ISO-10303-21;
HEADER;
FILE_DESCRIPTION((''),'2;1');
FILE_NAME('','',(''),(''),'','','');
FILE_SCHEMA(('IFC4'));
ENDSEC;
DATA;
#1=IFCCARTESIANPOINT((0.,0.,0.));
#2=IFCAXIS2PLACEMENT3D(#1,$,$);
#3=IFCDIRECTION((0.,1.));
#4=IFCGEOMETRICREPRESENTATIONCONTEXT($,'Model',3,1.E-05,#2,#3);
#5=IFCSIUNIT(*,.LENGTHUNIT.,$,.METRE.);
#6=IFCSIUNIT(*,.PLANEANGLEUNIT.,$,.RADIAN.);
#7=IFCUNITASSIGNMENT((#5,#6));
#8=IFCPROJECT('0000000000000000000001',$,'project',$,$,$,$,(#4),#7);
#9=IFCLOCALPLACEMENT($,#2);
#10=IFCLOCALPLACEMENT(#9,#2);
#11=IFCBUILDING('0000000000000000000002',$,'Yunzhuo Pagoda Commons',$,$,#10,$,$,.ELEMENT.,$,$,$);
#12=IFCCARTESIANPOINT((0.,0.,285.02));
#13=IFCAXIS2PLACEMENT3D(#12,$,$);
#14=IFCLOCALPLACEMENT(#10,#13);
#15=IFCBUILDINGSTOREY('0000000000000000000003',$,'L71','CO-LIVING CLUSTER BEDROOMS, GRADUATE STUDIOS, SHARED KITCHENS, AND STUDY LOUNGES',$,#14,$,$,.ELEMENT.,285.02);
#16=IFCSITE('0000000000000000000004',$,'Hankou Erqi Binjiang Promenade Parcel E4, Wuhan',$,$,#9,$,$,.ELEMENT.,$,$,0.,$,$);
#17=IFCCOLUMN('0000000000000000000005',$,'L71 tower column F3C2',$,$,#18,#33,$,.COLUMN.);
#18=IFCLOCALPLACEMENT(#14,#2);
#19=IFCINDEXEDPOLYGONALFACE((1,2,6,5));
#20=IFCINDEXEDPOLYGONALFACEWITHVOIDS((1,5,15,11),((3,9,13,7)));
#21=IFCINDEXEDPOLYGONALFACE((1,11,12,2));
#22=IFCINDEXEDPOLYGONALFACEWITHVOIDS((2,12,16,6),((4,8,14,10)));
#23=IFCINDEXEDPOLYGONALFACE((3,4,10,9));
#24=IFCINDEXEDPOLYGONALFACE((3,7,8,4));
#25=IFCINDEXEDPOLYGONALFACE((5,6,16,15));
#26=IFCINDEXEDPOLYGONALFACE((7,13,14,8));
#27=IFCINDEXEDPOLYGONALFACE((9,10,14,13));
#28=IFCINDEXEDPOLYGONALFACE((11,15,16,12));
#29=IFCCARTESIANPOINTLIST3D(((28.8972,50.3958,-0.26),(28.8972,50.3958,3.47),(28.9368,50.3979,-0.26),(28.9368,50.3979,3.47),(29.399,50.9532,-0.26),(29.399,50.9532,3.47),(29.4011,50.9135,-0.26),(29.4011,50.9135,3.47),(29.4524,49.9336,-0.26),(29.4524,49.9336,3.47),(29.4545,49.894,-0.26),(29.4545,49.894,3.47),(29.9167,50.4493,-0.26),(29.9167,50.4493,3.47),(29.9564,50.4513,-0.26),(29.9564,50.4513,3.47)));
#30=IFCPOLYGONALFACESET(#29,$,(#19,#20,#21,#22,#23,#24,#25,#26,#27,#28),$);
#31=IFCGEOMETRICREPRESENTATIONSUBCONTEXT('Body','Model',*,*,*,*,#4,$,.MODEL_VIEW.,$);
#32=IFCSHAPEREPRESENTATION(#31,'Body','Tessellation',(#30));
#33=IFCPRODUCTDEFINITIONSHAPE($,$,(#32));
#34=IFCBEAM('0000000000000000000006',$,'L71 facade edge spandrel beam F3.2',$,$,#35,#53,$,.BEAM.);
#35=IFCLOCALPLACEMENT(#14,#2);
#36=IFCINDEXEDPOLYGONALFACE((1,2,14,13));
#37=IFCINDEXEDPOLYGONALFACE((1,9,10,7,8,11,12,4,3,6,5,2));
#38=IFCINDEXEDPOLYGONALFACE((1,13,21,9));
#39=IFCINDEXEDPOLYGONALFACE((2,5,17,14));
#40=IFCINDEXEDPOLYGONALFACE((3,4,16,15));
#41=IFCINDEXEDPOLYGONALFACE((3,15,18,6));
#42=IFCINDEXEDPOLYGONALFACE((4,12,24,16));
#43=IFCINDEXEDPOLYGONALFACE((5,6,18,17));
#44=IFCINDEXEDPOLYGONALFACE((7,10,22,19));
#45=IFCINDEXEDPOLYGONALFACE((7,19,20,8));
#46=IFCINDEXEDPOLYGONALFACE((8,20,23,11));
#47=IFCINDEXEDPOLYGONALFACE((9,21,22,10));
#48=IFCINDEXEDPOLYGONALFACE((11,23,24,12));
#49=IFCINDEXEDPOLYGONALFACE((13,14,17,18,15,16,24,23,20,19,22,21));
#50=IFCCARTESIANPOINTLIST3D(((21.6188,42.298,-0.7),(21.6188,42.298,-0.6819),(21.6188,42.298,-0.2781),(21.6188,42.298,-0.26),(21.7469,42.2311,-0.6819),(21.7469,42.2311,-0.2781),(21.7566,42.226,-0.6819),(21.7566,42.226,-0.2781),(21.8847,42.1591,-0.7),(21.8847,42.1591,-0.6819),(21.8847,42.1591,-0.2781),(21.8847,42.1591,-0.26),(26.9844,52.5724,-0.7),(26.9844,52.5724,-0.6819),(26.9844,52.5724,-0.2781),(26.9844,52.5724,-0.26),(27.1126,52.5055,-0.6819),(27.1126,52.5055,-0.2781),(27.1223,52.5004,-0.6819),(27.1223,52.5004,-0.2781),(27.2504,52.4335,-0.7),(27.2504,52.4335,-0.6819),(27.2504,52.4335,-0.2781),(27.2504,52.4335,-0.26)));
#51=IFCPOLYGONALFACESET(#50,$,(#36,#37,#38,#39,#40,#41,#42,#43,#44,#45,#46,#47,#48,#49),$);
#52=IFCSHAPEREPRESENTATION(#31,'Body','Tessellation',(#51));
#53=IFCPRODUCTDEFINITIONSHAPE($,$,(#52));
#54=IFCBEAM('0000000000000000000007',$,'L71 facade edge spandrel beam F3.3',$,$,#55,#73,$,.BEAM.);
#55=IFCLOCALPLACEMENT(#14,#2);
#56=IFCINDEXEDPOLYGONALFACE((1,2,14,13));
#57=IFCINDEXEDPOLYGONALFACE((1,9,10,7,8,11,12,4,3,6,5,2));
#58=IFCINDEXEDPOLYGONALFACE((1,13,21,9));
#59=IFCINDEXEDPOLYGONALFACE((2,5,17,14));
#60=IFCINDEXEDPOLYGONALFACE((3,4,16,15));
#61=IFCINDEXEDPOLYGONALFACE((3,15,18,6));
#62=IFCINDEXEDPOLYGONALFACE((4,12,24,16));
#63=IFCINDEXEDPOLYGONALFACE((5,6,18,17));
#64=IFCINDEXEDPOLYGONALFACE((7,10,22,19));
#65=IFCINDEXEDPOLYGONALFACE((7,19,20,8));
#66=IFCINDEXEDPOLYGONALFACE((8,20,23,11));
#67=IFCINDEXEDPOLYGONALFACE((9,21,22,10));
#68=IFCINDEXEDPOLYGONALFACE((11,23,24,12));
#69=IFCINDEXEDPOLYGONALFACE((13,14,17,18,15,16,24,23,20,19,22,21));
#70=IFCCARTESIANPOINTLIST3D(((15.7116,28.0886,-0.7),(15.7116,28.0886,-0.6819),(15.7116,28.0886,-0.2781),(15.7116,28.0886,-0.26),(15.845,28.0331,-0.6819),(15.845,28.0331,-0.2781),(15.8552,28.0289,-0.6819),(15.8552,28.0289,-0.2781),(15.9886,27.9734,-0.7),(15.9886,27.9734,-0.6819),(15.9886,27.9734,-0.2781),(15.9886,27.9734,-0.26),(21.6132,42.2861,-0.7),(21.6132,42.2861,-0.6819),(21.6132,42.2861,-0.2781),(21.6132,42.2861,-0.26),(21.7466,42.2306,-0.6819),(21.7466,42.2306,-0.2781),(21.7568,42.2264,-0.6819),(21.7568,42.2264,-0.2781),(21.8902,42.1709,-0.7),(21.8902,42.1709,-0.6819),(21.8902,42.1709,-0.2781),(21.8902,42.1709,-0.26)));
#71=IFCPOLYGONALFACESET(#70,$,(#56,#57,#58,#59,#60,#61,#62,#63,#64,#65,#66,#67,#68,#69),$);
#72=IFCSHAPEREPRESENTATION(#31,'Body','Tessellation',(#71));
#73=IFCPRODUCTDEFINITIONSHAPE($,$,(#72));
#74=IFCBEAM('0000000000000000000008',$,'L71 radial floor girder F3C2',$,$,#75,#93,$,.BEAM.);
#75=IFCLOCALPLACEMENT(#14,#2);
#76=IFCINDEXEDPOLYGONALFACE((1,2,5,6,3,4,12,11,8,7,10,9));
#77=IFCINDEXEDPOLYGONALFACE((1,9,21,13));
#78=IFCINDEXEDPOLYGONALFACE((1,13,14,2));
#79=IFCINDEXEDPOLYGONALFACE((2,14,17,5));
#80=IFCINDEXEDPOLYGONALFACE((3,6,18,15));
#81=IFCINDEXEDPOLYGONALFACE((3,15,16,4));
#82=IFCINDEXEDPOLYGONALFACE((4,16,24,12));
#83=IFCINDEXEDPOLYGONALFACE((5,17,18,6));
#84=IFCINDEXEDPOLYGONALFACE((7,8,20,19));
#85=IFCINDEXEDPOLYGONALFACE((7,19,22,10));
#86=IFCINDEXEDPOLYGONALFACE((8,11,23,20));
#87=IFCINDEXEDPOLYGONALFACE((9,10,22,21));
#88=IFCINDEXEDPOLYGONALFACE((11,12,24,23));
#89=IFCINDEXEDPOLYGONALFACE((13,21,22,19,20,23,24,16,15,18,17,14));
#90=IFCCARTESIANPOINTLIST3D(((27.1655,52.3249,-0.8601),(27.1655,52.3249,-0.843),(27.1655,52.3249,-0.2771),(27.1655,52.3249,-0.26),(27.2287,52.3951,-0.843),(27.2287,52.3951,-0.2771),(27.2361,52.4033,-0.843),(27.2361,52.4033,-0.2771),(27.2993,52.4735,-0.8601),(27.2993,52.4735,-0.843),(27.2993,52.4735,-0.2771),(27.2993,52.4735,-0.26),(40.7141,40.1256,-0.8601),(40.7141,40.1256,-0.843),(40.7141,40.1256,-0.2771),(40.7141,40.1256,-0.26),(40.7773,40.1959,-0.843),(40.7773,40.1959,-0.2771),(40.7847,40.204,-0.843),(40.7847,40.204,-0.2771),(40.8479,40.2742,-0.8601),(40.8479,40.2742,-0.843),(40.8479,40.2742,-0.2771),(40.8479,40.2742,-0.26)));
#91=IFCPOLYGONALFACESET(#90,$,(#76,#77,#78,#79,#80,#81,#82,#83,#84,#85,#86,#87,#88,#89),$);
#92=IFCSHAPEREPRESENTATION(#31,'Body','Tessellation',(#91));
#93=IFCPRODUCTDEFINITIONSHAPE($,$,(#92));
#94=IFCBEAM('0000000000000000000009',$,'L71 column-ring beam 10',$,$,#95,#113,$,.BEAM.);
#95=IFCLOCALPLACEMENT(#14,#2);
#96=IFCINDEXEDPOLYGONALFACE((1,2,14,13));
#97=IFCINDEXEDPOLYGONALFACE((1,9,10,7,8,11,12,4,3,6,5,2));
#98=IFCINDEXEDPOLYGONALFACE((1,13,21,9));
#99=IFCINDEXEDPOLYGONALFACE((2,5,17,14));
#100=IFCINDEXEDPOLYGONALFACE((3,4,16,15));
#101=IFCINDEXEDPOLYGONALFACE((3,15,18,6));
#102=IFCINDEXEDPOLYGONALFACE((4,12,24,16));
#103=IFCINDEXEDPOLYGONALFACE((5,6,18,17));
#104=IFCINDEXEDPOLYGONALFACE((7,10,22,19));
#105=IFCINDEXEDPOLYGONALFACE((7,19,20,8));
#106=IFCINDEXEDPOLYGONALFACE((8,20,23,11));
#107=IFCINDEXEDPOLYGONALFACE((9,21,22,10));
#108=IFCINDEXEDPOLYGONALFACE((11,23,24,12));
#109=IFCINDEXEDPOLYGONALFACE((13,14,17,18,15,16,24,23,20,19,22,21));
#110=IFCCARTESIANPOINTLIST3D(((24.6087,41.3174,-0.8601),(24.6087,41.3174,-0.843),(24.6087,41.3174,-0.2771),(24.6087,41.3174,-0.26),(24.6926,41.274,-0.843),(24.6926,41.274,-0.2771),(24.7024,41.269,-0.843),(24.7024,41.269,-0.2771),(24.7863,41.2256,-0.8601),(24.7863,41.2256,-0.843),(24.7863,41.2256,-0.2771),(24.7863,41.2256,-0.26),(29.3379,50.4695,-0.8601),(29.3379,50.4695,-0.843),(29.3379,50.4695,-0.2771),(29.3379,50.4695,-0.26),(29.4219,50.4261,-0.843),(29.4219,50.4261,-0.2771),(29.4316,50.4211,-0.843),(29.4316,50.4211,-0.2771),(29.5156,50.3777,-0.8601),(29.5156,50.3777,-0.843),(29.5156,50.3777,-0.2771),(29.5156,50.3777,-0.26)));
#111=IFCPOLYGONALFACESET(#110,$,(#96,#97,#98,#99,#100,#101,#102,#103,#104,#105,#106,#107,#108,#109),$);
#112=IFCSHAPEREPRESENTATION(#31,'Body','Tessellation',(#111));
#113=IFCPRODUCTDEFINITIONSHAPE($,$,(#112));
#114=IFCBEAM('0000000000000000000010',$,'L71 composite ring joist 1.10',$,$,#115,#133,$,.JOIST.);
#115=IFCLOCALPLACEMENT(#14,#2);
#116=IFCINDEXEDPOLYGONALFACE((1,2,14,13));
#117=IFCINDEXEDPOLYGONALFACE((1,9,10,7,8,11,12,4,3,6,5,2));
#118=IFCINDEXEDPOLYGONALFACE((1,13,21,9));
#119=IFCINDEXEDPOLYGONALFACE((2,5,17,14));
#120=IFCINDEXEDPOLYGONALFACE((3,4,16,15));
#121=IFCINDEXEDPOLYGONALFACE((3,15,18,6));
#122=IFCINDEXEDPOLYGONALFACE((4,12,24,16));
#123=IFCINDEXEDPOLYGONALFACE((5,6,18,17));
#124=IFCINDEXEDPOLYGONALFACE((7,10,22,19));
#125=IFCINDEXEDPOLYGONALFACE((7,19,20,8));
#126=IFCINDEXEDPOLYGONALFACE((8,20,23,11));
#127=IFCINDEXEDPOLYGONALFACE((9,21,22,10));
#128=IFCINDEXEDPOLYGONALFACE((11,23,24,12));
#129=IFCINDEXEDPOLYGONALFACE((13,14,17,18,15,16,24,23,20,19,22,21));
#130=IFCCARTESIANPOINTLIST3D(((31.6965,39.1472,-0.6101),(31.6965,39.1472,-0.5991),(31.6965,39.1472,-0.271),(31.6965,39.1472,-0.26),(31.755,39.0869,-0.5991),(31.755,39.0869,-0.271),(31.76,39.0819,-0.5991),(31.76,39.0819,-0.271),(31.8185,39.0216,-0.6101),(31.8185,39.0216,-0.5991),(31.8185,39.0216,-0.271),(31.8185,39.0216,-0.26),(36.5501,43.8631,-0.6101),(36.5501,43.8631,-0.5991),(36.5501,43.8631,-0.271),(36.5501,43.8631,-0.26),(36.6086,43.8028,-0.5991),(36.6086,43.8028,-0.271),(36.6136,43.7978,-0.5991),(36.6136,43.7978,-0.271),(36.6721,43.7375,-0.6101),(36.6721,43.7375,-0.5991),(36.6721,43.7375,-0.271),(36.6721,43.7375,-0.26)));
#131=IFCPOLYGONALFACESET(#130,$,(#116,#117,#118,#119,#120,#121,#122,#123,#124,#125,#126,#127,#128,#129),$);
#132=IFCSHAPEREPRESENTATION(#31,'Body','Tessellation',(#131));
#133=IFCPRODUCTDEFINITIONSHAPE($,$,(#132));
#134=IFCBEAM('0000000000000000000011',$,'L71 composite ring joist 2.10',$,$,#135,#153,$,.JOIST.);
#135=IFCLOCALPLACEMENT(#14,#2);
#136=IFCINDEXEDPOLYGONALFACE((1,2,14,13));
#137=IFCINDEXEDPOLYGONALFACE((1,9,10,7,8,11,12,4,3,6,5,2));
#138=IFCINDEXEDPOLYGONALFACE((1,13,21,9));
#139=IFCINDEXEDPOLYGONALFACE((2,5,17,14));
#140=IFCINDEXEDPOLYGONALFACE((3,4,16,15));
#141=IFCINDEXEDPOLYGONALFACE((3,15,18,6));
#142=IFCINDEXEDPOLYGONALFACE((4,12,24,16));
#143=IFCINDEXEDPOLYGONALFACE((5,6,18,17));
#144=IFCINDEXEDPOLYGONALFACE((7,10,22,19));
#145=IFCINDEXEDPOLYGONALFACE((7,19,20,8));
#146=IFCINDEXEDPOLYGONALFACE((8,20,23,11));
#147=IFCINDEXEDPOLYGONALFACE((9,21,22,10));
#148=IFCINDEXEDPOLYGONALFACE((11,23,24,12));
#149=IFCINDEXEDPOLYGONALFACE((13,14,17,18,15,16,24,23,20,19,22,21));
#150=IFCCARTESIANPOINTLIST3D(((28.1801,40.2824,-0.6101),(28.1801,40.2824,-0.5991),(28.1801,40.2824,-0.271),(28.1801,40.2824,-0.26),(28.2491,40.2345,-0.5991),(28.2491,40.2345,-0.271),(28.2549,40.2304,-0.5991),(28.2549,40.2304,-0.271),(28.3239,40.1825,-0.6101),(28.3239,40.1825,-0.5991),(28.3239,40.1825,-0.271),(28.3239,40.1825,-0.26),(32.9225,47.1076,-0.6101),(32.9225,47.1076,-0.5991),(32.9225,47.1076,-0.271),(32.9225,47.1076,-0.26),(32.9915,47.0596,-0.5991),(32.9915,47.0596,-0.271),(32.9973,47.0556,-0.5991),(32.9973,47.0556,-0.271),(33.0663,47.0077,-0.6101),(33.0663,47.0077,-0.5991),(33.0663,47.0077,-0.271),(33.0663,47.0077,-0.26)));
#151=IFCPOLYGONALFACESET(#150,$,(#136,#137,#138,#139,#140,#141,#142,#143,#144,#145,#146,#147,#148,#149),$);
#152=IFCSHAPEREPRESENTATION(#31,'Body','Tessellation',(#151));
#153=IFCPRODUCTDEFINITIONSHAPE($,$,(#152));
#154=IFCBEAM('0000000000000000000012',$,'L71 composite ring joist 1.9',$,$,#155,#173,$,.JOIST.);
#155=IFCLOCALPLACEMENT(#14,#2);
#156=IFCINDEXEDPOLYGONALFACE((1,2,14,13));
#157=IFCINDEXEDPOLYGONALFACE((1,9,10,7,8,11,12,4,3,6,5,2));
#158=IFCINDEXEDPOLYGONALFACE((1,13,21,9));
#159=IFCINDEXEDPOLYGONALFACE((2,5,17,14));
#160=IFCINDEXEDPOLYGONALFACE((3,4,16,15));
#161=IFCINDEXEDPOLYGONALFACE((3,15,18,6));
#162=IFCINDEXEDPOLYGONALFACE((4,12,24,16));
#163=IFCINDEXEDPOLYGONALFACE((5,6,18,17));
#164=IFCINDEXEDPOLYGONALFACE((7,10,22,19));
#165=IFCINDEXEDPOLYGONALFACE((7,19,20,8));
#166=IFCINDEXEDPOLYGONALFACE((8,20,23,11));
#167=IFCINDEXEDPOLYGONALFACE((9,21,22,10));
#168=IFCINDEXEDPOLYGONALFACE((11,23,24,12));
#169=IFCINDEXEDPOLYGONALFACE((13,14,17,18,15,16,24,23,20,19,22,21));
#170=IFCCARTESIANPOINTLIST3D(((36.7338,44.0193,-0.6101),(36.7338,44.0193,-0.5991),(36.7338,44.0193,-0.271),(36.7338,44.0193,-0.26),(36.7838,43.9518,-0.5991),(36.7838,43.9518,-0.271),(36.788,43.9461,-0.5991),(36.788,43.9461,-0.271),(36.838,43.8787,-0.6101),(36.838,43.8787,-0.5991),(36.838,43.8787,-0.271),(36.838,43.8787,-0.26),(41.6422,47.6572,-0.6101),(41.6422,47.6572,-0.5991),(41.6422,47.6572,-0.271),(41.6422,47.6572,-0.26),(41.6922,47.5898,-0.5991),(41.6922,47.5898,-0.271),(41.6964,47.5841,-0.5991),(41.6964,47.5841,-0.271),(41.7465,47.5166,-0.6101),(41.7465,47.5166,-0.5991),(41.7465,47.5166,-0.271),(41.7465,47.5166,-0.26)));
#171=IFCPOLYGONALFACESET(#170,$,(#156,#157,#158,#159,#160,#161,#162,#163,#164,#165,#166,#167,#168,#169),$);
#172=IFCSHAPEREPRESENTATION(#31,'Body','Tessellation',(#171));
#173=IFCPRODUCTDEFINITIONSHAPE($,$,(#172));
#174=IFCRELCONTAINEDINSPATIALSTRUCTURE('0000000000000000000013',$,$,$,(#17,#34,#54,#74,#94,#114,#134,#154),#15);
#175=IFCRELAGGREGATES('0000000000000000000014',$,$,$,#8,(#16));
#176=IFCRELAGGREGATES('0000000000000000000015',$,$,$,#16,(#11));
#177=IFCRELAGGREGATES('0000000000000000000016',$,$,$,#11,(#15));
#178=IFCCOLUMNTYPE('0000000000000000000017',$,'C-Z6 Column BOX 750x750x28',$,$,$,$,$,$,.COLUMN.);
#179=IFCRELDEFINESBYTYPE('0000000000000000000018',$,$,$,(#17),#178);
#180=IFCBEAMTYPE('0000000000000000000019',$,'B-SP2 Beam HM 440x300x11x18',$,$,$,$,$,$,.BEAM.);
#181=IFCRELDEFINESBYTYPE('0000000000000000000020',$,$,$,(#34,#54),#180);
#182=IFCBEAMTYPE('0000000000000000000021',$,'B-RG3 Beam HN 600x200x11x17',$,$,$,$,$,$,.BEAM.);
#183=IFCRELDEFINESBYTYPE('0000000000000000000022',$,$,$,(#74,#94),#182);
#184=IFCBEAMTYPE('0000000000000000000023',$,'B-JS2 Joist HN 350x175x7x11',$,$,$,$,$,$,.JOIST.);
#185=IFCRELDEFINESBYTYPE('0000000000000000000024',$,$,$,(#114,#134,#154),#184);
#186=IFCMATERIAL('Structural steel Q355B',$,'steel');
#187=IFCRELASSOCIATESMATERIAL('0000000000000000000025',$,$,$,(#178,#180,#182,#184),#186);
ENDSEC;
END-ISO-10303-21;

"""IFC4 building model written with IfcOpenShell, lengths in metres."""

from ifc_helpers import new_model, si_unit, direction, frame, origin, origin_2d, place, context, subcontext, project, spatial, hollow_rectangle, i_section, extrude, source, transform, mapped, material, material_profile, profile_set, type_object, element, save


model = new_model("IFC4")

# Units and contexts
model_context = context("Model", 3, precision=1e-05, world=origin(), true_north=direction((0.0, 1.0)))
body_context = subcontext(model_context, "Body", "Model", "MODEL_VIEW")
ifc_project = project(units=[si_unit("LENGTHUNIT", "METRE"), si_unit("PLANEANGLEUNIT", "RADIAN")], contexts=[model_context])

# Site, building, storey
site_placement = place(None, origin())
site = spatial("IfcSite", under=ifc_project, at=site_placement, Name="Hankou Erqi Binjiang Promenade Parcel E4, Wuhan", CompositionType="ELEMENT", RefElevation=0.0)
building_placement = place(site_placement, origin())
building = spatial("IfcBuilding", under=site, at=building_placement, Name="Yunzhuo Pagoda Commons", CompositionType="ELEMENT")
storey_placement = place(building_placement, frame((0.0, 0.0, 285.02)))
storey = spatial("IfcBuildingStorey", under=building, at=storey_placement, Name="L71", Description="CO-LIVING CLUSTER BEDROOMS, GRADUATE STUDIOS, SHARED KITCHENS, AND STUDY LOUNGES", CompositionType="ELEMENT", Elevation=285.02)

# Column
ifc_material_1 = material(Name="Structural steel Q355B", Category="steel")
ifc_material_profile_1 = material_profile(ifc_material_1, hollow_rectangle(XDim=0.75, YDim=0.75, WallThickness=0.0281, at=origin_2d()), Name="Structural steel Q355B")
ifc_profile_set_1 = profile_set([ifc_material_profile_1], Name="Structural steel Q355B")
column_type = type_object("IfcColumnType", Name="C-Z6 Column BOX 750x750x28", PredefinedType="COLUMN", material=ifc_profile_set_1)
shared_shape_1 = source(origin(), body_context, "Body", "SweptSolid", [
    extrude(hollow_rectangle(XDim=0.75, YDim=0.75, WallThickness=0.0281, at=origin_2d()), origin(), (0.0, 0.0, 1.0), 3.73),
])
column_placement = place(storey_placement, frame((29.4268, 50.4236, -0.26), z_axis=(0.0, 0.0, 1.0), x_axis=(-0.669131, -0.743145, 0.0)))
element("IfcColumn", 1, at=column_placement, inside=storey, type_object=column_type, Name="L71 tower column F3C2", PredefinedType="COLUMN", context=body_context, shape_type="MappedRepresentation", body=[
    mapped(shared_shape_1, transform((0.0, 0.0, 0.0), scale=1.0)),
])

# Beams
ifc_material_profile_2 = material_profile(ifc_material_1, i_section(OverallWidth=0.3, OverallDepth=0.4399, WebThickness=0.011, FlangeThickness=0.0181, at=origin_2d()), Name="Structural steel Q355B")
ifc_profile_set_2 = profile_set([ifc_material_profile_2], Name="Structural steel Q355B")
beam_type_1 = type_object("IfcBeamType", Name="B-SP2 Beam HM 440x300x11x18", PredefinedType="BEAM", material=ifc_profile_set_2)
shared_shape_2 = source(origin(), body_context, "Body", "SweptSolid", [
    extrude(i_section(OverallWidth=0.3, OverallDepth=0.4399, WebThickness=0.011, FlangeThickness=0.0181, at=origin_2d()), origin(), (0.0, 0.0, 1.0), 11.5911),
])
beam_1_placement = place(storey_placement, frame((27.1174, 52.5029, -0.48), z_axis=(-0.462916, -0.886402, 0.0), x_axis=(0.886402, -0.462916, 0.0)))
element("IfcBeam", 2, at=beam_1_placement, inside=storey, type_object=beam_type_1, Name="L71 facade edge spandrel beam F3.2", PredefinedType="BEAM", context=body_context, shape_type="MappedRepresentation", body=[
    mapped(shared_shape_2, transform((0.0, 0.0, 0.0), scale=1.0)),
])
shared_shape_3 = source(origin(), body_context, "Body", "SweptSolid", [
    extrude(i_section(OverallWidth=0.3, OverallDepth=0.4399, WebThickness=0.011, FlangeThickness=0.0181, at=origin_2d()), origin(), (0.0, 0.0, 1.0), 15.3752),
])
beam_2_placement = place(storey_placement, frame((21.7517, 42.2285, -0.48), z_axis=(-0.383838, -0.9234, 0.0), x_axis=(0.9234, -0.383838, 0.0)))
element("IfcBeam", 3, at=beam_2_placement, inside=storey, type_object=beam_type_1, Name="L71 facade edge spandrel beam F3.3", PredefinedType="BEAM", context=body_context, shape_type="MappedRepresentation", body=[
    mapped(shared_shape_3, transform((0.0, 0.0, 0.0), scale=1.0)),
])
ifc_material_profile_3 = material_profile(ifc_material_1, i_section(OverallWidth=0.2, OverallDepth=0.6001, WebThickness=0.011, FlangeThickness=0.0171, at=origin_2d()), Name="Structural steel Q355B")
ifc_profile_set_3 = profile_set([ifc_material_profile_3], Name="Structural steel Q355B")
beam_type_2 = type_object("IfcBeamType", Name="B-RG3 Beam HN 600x200x11x17", PredefinedType="BEAM", material=ifc_profile_set_3)
shared_shape_4 = source(origin(), body_context, "Body", "SweptSolid", [
    extrude(i_section(OverallWidth=0.2, OverallDepth=0.6001, WebThickness=0.011, FlangeThickness=0.0171, at=origin_2d()), origin(), (0.0, 0.0, 1.0), 18.2314),
])
beam_3_placement = place(storey_placement, frame((27.2324, 52.3992, -0.5601), z_axis=(0.743144, -0.669131, 0.0), x_axis=(0.669131, 0.743144, 0.0)))
element("IfcBeam", 4, at=beam_3_placement, inside=storey, type_object=beam_type_2, Name="L71 radial floor girder F3C2", PredefinedType="BEAM", context=body_context, shape_type="MappedRepresentation", body=[
    mapped(shared_shape_4, transform((0.0, 0.0, 0.0), scale=1.0)),
])
shared_shape_5 = source(origin(), body_context, "Body", "SweptSolid", [
    extrude(i_section(OverallWidth=0.2, OverallDepth=0.6001, WebThickness=0.011, FlangeThickness=0.0171, at=origin_2d()), origin(), (0.0, 0.0, 1.0), 10.3018),
])
beam_4_placement = place(storey_placement, frame((29.4268, 50.4236, -0.5601), z_axis=(-0.459071, -0.8884, 0.0), x_axis=(0.8884, -0.459071, 0.0)))
element("IfcBeam", 5, at=beam_4_placement, inside=storey, type_object=beam_type_2, Name="L71 column-ring beam 10", PredefinedType="BEAM", context=body_context, shape_type="MappedRepresentation", body=[
    mapped(shared_shape_5, transform((0.0, 0.0, 0.0), scale=1.0)),
])
ifc_material_profile_4 = material_profile(ifc_material_1, i_section(OverallWidth=0.175, OverallDepth=0.3501, WebThickness=0.0071, FlangeThickness=0.011, at=origin_2d()), Name="Structural steel Q355B")
ifc_profile_set_4 = profile_set([ifc_material_profile_4], Name="Structural steel Q355B")
beam_type_3 = type_object("IfcBeamType", Name="B-JS2 Joist HN 350x175x7x11", PredefinedType="JOIST", material=ifc_profile_set_4)
shared_shape_6 = source(origin(), body_context, "Body", "SweptSolid", [
    extrude(i_section(OverallWidth=0.175, OverallDepth=0.3501, WebThickness=0.0071, FlangeThickness=0.011, at=origin_2d()), origin(), (0.0, 0.0, 1.0), 6.7673),
])
beam_5_placement = place(storey_placement, frame((36.6111, 43.8003, -0.4351), z_axis=(-0.717207, -0.69686, 0.0), x_axis=(0.69686, -0.717207, 0.0)))
element("IfcBeam", 6, at=beam_5_placement, inside=storey, type_object=beam_type_3, Name="L71 composite ring joist 1.10", PredefinedType="JOIST", context=body_context, shape_type="MappedRepresentation", body=[
    mapped(shared_shape_6, transform((0.0, 0.0, 0.0), scale=1.0)),
])
shared_shape_7 = source(origin(), body_context, "Body", "SweptSolid", [
    extrude(i_section(OverallWidth=0.175, OverallDepth=0.3501, WebThickness=0.0071, FlangeThickness=0.011, at=origin_2d()), origin(), (0.0, 0.0, 1.0), 8.311),
])
beam_6_placement = place(storey_placement, frame((32.9944, 47.0576, -0.4351), z_axis=(-0.570616, -0.821217, 0.0), x_axis=(0.821217, -0.570616, 0.0)))
element("IfcBeam", 7, at=beam_6_placement, inside=storey, type_object=beam_type_3, Name="L71 composite ring joist 2.10", PredefinedType="JOIST", context=body_context, shape_type="MappedRepresentation", body=[
    mapped(shared_shape_7, transform((0.0, 0.0, 0.0), scale=1.0)),
])
shared_shape_8 = source(origin(), body_context, "Body", "SweptSolid", [
    extrude(i_section(OverallWidth=0.175, OverallDepth=0.3501, WebThickness=0.0071, FlangeThickness=0.011, at=origin_2d()), origin(), (0.0, 0.0, 1.0), 6.1096),
])
beam_7_placement = place(storey_placement, frame((41.6943, 47.5869, -0.4351), z_axis=(-0.803396, -0.595444, 0.0), x_axis=(0.595444, -0.803396, 0.0)))
element("IfcBeam", 8, at=beam_7_placement, inside=storey, type_object=beam_type_3, Name="L71 composite ring joist 1.9", PredefinedType="JOIST", context=body_context, shape_type="MappedRepresentation", body=[
    mapped(shared_shape_8, transform((0.0, 0.0, 0.0), scale=1.0)),
])

save(model, "model.ifc")
